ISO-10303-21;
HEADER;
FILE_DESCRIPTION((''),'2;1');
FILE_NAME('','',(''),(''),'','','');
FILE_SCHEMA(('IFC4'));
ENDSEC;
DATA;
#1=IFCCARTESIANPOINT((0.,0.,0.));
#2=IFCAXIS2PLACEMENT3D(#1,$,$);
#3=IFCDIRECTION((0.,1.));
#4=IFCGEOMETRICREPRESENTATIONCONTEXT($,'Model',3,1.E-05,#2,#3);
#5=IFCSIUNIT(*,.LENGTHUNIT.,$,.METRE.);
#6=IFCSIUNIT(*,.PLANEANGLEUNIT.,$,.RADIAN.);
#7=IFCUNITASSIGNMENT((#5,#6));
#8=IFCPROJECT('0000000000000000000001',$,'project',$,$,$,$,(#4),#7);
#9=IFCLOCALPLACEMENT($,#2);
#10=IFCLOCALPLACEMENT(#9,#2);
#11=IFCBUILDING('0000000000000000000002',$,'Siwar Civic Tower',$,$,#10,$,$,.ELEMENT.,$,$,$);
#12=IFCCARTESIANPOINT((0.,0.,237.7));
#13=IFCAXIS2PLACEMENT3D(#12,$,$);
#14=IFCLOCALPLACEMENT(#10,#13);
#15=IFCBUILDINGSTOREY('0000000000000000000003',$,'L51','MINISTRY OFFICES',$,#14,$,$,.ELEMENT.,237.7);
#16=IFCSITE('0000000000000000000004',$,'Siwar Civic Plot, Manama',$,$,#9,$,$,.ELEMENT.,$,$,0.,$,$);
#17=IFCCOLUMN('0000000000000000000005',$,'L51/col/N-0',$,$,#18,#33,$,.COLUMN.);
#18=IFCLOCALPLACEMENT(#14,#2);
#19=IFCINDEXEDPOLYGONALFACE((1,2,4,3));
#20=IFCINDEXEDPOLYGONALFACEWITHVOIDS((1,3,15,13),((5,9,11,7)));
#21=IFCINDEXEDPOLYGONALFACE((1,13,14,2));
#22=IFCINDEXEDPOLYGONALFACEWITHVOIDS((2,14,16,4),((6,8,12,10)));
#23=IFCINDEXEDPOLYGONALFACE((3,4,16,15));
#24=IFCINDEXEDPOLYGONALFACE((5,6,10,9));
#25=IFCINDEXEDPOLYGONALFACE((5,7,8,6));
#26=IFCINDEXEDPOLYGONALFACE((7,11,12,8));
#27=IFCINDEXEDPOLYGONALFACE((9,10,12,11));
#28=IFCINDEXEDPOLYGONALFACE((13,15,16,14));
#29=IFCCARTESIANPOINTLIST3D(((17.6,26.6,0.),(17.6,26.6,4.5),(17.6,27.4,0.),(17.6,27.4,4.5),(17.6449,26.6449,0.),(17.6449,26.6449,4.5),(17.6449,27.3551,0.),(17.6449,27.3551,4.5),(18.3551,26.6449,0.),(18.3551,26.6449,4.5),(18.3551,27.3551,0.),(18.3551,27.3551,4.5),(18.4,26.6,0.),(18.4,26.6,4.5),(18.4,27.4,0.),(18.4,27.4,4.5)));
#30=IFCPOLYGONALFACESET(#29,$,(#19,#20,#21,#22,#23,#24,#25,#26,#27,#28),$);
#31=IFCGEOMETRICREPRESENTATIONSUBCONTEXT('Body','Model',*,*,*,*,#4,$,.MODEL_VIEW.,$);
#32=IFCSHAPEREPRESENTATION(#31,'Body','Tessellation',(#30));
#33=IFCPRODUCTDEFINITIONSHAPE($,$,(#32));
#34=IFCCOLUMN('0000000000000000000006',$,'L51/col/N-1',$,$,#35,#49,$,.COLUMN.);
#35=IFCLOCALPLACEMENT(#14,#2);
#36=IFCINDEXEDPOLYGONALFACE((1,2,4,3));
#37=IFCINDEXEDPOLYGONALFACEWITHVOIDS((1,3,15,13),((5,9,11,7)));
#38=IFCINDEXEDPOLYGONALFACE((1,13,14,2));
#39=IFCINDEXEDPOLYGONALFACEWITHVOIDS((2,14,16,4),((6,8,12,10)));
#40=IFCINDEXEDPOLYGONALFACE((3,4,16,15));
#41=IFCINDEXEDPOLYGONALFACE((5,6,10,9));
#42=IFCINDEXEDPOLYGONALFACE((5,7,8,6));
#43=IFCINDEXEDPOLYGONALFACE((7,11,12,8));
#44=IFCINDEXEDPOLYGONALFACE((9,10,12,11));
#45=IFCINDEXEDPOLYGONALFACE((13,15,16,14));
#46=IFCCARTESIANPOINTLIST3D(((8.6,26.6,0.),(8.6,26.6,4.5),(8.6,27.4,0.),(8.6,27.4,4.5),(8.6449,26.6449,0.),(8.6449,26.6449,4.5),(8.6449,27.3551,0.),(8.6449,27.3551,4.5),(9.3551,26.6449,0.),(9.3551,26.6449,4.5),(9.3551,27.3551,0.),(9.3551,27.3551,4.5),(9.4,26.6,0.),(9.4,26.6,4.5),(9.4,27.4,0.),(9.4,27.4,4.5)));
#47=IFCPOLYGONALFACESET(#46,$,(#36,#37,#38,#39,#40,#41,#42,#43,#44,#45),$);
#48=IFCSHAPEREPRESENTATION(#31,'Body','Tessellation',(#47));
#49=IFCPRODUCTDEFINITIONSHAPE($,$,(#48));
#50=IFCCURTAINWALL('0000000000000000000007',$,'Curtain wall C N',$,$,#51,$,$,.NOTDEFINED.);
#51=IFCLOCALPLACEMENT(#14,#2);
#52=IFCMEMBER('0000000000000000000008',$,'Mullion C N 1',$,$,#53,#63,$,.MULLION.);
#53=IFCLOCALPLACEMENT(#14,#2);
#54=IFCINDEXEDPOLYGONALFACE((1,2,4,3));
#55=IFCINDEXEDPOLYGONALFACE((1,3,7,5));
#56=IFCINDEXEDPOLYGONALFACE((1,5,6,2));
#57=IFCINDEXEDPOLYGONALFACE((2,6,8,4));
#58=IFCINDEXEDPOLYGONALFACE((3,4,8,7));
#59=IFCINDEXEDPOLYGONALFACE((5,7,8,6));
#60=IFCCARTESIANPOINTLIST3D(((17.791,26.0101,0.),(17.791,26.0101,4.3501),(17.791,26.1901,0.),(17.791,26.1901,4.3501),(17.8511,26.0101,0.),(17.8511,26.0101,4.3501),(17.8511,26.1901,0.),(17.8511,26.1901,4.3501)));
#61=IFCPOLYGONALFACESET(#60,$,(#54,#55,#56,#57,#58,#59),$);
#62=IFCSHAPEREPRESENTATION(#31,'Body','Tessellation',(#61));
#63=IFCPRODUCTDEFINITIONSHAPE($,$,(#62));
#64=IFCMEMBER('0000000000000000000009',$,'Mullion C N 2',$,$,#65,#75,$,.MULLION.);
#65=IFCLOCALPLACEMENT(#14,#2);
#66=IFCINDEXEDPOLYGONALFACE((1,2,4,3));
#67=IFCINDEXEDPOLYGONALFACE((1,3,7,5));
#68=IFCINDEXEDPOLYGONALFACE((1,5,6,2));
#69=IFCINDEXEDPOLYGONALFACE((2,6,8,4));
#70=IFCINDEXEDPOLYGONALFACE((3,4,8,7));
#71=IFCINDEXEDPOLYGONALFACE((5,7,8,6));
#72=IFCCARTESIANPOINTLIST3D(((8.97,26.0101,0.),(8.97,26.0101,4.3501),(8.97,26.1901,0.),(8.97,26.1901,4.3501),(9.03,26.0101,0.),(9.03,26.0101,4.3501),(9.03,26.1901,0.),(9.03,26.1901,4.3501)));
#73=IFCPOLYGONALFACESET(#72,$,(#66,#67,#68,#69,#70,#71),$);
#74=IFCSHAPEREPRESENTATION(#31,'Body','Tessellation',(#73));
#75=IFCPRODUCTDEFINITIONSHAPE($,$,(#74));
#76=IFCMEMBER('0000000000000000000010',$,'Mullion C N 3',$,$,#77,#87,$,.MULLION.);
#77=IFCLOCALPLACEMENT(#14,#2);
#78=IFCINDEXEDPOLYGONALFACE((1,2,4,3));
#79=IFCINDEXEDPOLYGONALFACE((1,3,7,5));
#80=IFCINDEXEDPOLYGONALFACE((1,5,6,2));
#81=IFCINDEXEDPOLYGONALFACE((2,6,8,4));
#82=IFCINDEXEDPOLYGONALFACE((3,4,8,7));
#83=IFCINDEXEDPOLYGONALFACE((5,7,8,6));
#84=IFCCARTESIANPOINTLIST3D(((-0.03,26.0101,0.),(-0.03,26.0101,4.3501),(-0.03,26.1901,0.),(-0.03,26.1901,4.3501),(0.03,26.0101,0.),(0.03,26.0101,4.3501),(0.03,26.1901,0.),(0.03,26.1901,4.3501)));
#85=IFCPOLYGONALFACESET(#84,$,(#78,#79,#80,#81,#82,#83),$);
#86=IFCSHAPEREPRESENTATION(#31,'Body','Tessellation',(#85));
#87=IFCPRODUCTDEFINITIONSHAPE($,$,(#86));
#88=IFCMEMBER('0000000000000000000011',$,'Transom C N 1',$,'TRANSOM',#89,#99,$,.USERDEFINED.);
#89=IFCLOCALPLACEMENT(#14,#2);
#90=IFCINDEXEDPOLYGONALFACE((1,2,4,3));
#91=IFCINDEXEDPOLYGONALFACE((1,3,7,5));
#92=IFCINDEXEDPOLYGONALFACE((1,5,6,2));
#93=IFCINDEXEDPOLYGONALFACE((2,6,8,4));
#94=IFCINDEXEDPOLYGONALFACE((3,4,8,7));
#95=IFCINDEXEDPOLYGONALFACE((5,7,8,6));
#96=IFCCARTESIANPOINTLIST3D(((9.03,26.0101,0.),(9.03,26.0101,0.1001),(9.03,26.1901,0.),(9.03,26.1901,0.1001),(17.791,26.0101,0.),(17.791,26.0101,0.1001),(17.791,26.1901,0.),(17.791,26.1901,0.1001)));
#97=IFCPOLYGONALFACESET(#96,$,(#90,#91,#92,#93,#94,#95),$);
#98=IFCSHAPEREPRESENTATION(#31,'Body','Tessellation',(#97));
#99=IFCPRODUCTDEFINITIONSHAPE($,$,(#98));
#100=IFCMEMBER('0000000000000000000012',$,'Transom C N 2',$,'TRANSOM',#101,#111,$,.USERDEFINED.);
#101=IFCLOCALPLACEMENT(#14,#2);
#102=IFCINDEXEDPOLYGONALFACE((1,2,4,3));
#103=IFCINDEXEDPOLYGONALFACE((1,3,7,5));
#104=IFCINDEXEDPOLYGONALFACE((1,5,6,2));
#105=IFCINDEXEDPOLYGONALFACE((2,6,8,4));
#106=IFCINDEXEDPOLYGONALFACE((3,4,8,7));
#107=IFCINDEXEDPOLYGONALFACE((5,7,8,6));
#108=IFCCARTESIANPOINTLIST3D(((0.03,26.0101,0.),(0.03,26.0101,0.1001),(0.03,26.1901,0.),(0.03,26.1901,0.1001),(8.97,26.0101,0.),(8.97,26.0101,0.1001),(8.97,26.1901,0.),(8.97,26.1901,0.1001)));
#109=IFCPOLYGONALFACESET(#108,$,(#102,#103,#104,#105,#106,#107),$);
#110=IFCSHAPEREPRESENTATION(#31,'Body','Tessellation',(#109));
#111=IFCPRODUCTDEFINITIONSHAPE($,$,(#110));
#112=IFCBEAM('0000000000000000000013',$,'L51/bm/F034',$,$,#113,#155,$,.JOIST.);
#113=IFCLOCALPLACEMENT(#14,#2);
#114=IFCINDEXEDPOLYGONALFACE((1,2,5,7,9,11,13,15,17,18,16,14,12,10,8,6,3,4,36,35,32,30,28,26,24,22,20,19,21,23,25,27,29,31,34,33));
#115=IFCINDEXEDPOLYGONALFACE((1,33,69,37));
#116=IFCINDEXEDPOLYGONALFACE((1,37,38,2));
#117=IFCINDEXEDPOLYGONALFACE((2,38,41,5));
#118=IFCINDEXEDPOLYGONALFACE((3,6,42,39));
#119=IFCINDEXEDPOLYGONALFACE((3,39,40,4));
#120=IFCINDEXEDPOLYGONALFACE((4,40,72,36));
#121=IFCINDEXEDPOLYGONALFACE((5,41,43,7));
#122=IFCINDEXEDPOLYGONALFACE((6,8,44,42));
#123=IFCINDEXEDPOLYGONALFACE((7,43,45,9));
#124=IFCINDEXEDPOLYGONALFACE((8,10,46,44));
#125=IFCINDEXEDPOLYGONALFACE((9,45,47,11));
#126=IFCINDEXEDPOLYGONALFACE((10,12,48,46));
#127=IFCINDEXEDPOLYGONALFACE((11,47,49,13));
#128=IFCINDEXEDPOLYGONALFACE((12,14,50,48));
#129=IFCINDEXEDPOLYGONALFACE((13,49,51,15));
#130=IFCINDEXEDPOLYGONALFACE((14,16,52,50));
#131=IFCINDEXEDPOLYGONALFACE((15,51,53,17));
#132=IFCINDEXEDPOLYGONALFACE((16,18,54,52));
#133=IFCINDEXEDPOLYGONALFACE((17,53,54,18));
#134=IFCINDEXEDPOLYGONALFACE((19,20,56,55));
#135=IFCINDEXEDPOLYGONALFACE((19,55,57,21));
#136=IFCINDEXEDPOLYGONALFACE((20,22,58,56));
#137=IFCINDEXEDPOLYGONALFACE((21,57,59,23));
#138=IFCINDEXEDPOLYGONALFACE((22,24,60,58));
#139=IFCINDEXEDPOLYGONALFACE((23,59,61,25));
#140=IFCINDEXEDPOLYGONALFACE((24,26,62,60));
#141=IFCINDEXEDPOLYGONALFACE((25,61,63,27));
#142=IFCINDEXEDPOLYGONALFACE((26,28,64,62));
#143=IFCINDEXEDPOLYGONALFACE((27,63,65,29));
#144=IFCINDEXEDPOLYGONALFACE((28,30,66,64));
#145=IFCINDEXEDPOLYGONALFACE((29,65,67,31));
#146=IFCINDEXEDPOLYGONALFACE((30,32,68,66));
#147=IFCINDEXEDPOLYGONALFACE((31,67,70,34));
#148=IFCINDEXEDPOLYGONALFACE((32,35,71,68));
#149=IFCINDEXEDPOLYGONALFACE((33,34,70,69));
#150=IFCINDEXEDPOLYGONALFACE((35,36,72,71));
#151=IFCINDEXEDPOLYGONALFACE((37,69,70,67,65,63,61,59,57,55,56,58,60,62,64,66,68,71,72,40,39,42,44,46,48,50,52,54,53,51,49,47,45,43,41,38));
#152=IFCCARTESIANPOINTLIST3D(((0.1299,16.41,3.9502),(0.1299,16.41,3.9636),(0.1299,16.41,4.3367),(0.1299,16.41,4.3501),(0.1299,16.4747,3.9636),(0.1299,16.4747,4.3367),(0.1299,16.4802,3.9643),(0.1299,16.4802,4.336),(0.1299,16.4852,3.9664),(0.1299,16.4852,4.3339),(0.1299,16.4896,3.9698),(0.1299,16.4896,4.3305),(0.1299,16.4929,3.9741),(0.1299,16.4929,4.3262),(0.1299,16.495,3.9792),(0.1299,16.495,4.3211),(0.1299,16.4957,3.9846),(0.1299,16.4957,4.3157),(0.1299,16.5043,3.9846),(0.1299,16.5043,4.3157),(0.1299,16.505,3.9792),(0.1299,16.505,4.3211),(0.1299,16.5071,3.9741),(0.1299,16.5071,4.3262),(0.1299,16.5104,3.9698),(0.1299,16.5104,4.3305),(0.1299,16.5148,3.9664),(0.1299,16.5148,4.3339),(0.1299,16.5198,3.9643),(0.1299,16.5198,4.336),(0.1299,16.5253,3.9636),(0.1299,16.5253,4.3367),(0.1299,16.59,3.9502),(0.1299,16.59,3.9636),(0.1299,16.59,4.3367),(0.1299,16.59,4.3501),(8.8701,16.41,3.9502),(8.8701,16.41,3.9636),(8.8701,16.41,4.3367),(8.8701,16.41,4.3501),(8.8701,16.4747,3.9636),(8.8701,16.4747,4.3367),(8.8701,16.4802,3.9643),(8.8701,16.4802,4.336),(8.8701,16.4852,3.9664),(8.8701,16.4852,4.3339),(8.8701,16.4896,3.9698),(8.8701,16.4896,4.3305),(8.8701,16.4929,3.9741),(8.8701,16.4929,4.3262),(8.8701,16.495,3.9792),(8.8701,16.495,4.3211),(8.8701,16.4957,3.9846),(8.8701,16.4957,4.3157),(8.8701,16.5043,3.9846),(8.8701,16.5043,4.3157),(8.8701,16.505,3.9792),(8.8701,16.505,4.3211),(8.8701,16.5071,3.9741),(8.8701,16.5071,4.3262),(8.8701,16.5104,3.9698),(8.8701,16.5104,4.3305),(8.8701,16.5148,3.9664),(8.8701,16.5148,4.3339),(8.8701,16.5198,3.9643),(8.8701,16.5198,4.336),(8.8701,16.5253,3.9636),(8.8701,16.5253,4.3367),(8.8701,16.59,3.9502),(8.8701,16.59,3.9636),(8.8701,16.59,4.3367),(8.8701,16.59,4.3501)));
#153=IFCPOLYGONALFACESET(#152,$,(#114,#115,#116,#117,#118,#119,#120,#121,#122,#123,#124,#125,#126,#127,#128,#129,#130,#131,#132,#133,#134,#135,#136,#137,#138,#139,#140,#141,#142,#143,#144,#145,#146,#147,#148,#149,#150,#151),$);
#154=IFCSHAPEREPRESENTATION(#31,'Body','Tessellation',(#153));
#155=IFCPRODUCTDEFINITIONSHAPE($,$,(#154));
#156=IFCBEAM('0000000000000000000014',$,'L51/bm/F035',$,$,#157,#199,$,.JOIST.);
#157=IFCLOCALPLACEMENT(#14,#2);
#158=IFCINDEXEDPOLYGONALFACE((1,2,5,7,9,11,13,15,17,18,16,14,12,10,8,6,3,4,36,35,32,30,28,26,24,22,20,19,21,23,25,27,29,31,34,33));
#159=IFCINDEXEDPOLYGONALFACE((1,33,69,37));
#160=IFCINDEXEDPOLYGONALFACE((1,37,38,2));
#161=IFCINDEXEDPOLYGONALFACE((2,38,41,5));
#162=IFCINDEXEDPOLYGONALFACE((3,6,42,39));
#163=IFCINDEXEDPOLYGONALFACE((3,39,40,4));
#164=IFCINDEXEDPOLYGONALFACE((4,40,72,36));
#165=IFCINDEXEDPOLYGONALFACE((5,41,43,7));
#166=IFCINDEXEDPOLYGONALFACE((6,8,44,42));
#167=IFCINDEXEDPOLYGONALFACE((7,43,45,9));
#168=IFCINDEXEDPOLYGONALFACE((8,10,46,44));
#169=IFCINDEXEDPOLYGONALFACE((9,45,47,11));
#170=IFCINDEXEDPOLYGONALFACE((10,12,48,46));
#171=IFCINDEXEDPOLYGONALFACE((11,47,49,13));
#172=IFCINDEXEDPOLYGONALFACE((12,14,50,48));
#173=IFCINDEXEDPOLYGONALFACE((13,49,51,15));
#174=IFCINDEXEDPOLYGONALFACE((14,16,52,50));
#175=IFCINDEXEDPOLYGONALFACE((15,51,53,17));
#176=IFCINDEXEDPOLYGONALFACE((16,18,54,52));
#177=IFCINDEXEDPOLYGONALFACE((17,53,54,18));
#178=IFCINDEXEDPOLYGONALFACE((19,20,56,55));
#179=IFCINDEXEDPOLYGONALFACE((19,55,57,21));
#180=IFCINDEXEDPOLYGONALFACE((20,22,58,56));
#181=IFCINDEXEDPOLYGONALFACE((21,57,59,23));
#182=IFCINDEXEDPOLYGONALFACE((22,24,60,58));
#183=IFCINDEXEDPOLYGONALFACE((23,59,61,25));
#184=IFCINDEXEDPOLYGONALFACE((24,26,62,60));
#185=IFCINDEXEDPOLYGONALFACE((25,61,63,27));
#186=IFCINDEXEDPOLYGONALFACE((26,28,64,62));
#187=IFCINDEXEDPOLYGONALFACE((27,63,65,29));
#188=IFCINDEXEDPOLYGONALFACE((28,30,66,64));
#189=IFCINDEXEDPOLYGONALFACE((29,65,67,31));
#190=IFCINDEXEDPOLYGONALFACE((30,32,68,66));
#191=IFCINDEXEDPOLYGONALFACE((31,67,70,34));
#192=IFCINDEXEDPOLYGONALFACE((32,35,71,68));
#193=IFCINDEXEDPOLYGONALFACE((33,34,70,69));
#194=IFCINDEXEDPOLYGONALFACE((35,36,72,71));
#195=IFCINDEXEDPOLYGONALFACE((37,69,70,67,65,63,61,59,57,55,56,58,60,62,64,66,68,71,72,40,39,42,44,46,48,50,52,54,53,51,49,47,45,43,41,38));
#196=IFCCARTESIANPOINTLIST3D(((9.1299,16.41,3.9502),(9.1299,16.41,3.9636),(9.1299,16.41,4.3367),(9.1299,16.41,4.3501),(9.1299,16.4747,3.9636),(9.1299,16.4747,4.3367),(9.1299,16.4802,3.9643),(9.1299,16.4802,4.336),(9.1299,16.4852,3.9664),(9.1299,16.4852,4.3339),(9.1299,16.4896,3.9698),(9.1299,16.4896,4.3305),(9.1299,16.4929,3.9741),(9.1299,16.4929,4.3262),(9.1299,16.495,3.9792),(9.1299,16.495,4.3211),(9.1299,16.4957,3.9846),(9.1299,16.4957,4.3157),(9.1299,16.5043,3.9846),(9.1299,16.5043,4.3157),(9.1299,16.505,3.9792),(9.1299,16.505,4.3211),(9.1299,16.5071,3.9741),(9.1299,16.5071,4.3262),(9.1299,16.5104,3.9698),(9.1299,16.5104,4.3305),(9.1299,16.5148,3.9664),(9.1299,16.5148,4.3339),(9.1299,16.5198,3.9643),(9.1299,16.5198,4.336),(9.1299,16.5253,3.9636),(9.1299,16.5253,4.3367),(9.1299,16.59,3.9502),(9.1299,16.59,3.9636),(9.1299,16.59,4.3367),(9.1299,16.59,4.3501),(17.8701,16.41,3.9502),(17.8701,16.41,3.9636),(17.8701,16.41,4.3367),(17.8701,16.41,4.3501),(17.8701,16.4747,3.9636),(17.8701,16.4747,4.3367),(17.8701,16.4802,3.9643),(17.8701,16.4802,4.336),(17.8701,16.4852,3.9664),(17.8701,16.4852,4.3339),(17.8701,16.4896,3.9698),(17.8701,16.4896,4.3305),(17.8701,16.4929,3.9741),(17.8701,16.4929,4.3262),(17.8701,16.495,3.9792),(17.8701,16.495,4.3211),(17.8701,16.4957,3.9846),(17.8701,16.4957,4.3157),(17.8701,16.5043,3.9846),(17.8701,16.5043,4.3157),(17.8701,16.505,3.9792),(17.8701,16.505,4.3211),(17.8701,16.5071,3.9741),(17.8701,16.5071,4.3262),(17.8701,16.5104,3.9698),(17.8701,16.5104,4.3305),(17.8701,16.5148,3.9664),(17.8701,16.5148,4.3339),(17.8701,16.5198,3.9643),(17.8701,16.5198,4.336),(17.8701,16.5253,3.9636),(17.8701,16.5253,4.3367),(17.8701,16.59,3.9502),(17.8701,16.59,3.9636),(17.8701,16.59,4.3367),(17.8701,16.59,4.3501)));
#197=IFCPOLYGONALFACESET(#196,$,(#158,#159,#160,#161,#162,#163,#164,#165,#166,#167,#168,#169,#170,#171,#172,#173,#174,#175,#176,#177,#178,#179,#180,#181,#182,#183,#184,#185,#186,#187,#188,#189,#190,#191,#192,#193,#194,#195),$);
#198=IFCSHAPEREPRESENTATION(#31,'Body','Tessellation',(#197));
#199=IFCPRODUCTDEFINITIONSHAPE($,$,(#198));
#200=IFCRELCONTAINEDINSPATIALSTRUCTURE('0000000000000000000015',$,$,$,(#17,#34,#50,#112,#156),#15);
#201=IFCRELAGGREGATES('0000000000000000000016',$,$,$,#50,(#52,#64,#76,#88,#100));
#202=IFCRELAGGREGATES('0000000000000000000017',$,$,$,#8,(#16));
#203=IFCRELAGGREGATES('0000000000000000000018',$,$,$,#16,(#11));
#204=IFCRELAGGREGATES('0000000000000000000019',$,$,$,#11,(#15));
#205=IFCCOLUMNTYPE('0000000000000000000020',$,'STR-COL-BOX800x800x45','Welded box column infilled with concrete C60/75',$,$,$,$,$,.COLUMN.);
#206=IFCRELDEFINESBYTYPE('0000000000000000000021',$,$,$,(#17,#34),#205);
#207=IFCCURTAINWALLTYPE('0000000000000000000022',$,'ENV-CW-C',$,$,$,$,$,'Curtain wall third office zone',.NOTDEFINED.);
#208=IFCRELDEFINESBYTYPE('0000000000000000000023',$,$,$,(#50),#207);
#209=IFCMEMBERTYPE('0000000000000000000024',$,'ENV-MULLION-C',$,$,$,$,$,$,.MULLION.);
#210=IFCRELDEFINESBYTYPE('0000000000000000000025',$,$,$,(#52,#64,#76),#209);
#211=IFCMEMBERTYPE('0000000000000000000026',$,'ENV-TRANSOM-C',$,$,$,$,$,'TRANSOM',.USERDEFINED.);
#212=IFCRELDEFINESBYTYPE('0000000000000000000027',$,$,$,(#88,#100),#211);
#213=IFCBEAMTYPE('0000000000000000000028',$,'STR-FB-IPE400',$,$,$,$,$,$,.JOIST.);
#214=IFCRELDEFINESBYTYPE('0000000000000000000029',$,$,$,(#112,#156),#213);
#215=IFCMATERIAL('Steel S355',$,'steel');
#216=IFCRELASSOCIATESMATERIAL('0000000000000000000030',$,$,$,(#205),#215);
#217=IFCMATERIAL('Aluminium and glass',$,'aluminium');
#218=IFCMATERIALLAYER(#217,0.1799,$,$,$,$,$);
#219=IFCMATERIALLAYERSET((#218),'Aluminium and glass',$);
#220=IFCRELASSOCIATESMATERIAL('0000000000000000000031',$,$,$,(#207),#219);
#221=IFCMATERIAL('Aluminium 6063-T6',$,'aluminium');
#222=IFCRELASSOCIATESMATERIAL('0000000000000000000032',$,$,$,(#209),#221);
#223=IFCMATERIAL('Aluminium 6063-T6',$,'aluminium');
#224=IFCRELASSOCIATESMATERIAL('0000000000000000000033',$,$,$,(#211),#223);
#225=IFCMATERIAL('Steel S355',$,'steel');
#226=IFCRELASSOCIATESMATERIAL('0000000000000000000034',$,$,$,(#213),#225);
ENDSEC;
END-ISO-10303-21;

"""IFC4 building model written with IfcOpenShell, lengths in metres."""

from ifc_helpers import new_model, si_unit, direction, frame, origin, origin_2d, place, context, subcontext, project, spatial, rectangle, hollow_rectangle, i_section, extrude, material, layer, layer_set, material_profile, profile_set, type_object, element, aggregate, save


model = new_model("IFC4")

# Units and contexts
model_context = context("Model", 3, precision=1e-05, world=origin(), true_north=direction((0.0, 1.0)))
body_context = subcontext(model_context, "Body", "Model", "MODEL_VIEW")
ifc_project = project(units=[si_unit("LENGTHUNIT", "METRE"), si_unit("PLANEANGLEUNIT", "RADIAN")], contexts=[model_context])

# Site, building, storey
site_placement = place(None, origin())
site = spatial("IfcSite", under=ifc_project, at=site_placement, Name="Siwar Civic Plot, Manama", CompositionType="ELEMENT", RefElevation=0.0)
building_placement = place(site_placement, origin())
building = spatial("IfcBuilding", under=site, at=building_placement, Name="Siwar Civic Tower", CompositionType="ELEMENT")
storey_placement = place(building_placement, frame((0.0, 0.0, 237.7)))
storey = spatial("IfcBuildingStorey", under=building, at=storey_placement, Name="L51", Description="MINISTRY OFFICES", CompositionType="ELEMENT", Elevation=237.7)

# Columns
ifc_material_1 = material(Name="Steel S355", Category="steel")
ifc_material_profile_1 = material_profile(ifc_material_1, hollow_rectangle(XDim=0.8, YDim=0.8, WallThickness=0.0449, at=origin_2d()), Name="BOX800x800x45")
ifc_profile_set_1 = profile_set([ifc_material_profile_1], Name="Steel S355")
column_type = type_object("IfcColumnType", Name="STR-COL-BOX800x800x45", Description="Welded box column infilled with concrete C60/75", PredefinedType="COLUMN", material=ifc_profile_set_1)
for number, where, z_axis, x_axis, name in (
    (1, (18.0, 27.0, 0.0), (0.0, 0.0, 1.0), (1.0, 0.0, 0.0), "L51/col/N-0"),
    (2, (9.0, 27.0, 0.0), (0.0, 0.0, 1.0), (1.0, 0.0, 0.0), "L51/col/N-1"),
):
    element("IfcColumn", number, at=place(storey_placement, frame(where, z_axis=z_axis, x_axis=x_axis)), inside=storey, type_object=column_type, Name=name, PredefinedType="COLUMN", context=body_context, shape_type="SweptSolid", body=[
        extrude(hollow_rectangle(XDim=0.8, YDim=0.8, WallThickness=0.0449, at=origin_2d()), origin(), (0.0, 0.0, 1.0), 4.5),
    ])

# Curtain wall, members
ifc_material_2 = material(Name="Aluminium and glass", Category="aluminium")
ifc_layer_1 = layer(ifc_material_2, 0.1799)
ifc_layer_set_1 = layer_set([ifc_layer_1], Name="Aluminium and glass")
curtain_wall_type = type_object("IfcCurtainWallType", Name="ENV-CW-C", ElementType="Curtain wall third office zone", PredefinedType="NOTDEFINED", material=ifc_layer_set_1)
curtain_wall_placement = place(storey_placement, origin())
curtain_wall = element("IfcCurtainWall", 3, at=curtain_wall_placement, inside=storey, type_object=curtain_wall_type, Name="Curtain wall C N", PredefinedType="NOTDEFINED")
ifc_material_3 = material(Name="Aluminium 6063-T6", Category="aluminium")
ifc_material_profile_2 = material_profile(ifc_material_3, rectangle(XDim=0.1799, YDim=0.0601, at=origin_2d()), Name="AL 180x60")
ifc_profile_set_2 = profile_set([ifc_material_profile_2], Name="Aluminium 6063-T6")
member_type_1 = type_object("IfcMemberType", Name="ENV-MULLION-C", PredefinedType="MULLION", material=ifc_profile_set_2)
member_1_placement = place(storey_placement, frame((17.821, 26.1001, 0.0), z_axis=(0.0, 0.0, 1.0), x_axis=(0.0, -1.0, 0.0)))
member_1 = element("IfcMember", 4, at=member_1_placement, type_object=member_type_1, Name="Mullion C N 1", PredefinedType="MULLION", context=body_context, shape_type="SweptSolid", body=[
    extrude(rectangle(XDim=0.1799, YDim=0.0601, at=origin_2d()), origin(), (0.0, 0.0, 1.0), 4.3501),
])
member_2_placement = place(storey_placement, frame((9.0, 26.1001, 0.0), z_axis=(0.0, 0.0, 1.0), x_axis=(0.0, -1.0, 0.0)))
member_2 = element("IfcMember", 5, at=member_2_placement, type_object=member_type_1, Name="Mullion C N 2", PredefinedType="MULLION", context=body_context, shape_type="SweptSolid", body=[
    extrude(rectangle(XDim=0.1799, YDim=0.0601, at=origin_2d()), origin(), (0.0, 0.0, 1.0), 4.3501),
])
member_3_placement = place(storey_placement, frame((0.0, 26.1001, 0.0), z_axis=(0.0, 0.0, 1.0), x_axis=(0.0, -1.0, 0.0)))
member_3 = element("IfcMember", 6, at=member_3_placement, type_object=member_type_1, Name="Mullion C N 3", PredefinedType="MULLION", context=body_context, shape_type="SweptSolid", body=[
    extrude(rectangle(XDim=0.1799, YDim=0.0601, at=origin_2d()), origin(), (0.0, 0.0, 1.0), 4.3501),
])
ifc_material_4 = material(Name="Aluminium 6063-T6", Category="aluminium")
ifc_material_profile_3 = material_profile(ifc_material_4, rectangle(XDim=0.1799, YDim=0.1001, at=origin_2d()), Name="AL 180x100")
ifc_profile_set_3 = profile_set([ifc_material_profile_3], Name="Aluminium 6063-T6")
member_type_2 = type_object("IfcMemberType", Name="ENV-TRANSOM-C", ElementType="TRANSOM", PredefinedType="USERDEFINED", material=ifc_profile_set_3)
member_4_placement = place(storey_placement, frame((17.791, 26.1001, 0.05), z_axis=(-1.0, 0.0, 0.0), x_axis=(0.0, -1.0, 0.0)))
member_4 = element("IfcMember", 7, at=member_4_placement, type_object=member_type_2, Name="Transom C N 1", ObjectType="TRANSOM", PredefinedType="USERDEFINED", context=body_context, shape_type="SweptSolid", body=[
    extrude(rectangle(XDim=0.1799, YDim=0.1001, at=origin_2d()), origin(), (0.0, 0.0, 1.0), 8.761),
])
member_5_placement = place(storey_placement, frame((8.97, 26.1001, 0.05), z_axis=(-1.0, 0.0, 0.0), x_axis=(0.0, -1.0, 0.0)))
member_5 = element("IfcMember", 8, at=member_5_placement, type_object=member_type_2, Name="Transom C N 2", ObjectType="TRANSOM", PredefinedType="USERDEFINED", context=body_context, shape_type="SweptSolid", body=[
    extrude(rectangle(XDim=0.1799, YDim=0.1001, at=origin_2d()), origin(), (0.0, 0.0, 1.0), 8.9399),
])

# Beams
ifc_material_5 = material(Name="Steel S355", Category="steel")
ifc_material_profile_4 = material_profile(ifc_material_5, i_section(OverallWidth=0.1799, OverallDepth=0.3999, WebThickness=0.0085, FlangeThickness=0.0134, FilletRadius=0.021, at=origin_2d()), Name="IPE400")
ifc_profile_set_4 = profile_set([ifc_material_profile_4], Name="Steel S355")
beam_type_1 = type_object("IfcBeamType", Name="STR-FB-IPE400", PredefinedType="JOIST", material=ifc_profile_set_4)
for number, where, z_axis, x_axis, name in (
    (9, (0.1299, 16.5, 4.1501), (1.0, 0.0, 0.0), (0.0, 1.0, 0.0), "L51/bm/F034"),
    (10, (9.1299, 16.5, 4.1501), (1.0, 0.0, 0.0), (0.0, 1.0, 0.0), "L51/bm/F035"),
):
    element("IfcBeam", number, at=place(storey_placement, frame(where, z_axis=z_axis, x_axis=x_axis)), inside=storey, type_object=beam_type_1, Name=name, PredefinedType="JOIST", context=body_context, shape_type="SweptSolid", body=[
        extrude(i_section(OverallWidth=0.1799, OverallDepth=0.3999, WebThickness=0.0085, FlangeThickness=0.0134, FilletRadius=0.021, at=origin_2d()), origin(), (0.0, 0.0, 1.0), 8.7402),
    ])

aggregate(curtain_wall, [member_1, member_2, member_3, member_4, member_5])

save(model, "model.ifc")
